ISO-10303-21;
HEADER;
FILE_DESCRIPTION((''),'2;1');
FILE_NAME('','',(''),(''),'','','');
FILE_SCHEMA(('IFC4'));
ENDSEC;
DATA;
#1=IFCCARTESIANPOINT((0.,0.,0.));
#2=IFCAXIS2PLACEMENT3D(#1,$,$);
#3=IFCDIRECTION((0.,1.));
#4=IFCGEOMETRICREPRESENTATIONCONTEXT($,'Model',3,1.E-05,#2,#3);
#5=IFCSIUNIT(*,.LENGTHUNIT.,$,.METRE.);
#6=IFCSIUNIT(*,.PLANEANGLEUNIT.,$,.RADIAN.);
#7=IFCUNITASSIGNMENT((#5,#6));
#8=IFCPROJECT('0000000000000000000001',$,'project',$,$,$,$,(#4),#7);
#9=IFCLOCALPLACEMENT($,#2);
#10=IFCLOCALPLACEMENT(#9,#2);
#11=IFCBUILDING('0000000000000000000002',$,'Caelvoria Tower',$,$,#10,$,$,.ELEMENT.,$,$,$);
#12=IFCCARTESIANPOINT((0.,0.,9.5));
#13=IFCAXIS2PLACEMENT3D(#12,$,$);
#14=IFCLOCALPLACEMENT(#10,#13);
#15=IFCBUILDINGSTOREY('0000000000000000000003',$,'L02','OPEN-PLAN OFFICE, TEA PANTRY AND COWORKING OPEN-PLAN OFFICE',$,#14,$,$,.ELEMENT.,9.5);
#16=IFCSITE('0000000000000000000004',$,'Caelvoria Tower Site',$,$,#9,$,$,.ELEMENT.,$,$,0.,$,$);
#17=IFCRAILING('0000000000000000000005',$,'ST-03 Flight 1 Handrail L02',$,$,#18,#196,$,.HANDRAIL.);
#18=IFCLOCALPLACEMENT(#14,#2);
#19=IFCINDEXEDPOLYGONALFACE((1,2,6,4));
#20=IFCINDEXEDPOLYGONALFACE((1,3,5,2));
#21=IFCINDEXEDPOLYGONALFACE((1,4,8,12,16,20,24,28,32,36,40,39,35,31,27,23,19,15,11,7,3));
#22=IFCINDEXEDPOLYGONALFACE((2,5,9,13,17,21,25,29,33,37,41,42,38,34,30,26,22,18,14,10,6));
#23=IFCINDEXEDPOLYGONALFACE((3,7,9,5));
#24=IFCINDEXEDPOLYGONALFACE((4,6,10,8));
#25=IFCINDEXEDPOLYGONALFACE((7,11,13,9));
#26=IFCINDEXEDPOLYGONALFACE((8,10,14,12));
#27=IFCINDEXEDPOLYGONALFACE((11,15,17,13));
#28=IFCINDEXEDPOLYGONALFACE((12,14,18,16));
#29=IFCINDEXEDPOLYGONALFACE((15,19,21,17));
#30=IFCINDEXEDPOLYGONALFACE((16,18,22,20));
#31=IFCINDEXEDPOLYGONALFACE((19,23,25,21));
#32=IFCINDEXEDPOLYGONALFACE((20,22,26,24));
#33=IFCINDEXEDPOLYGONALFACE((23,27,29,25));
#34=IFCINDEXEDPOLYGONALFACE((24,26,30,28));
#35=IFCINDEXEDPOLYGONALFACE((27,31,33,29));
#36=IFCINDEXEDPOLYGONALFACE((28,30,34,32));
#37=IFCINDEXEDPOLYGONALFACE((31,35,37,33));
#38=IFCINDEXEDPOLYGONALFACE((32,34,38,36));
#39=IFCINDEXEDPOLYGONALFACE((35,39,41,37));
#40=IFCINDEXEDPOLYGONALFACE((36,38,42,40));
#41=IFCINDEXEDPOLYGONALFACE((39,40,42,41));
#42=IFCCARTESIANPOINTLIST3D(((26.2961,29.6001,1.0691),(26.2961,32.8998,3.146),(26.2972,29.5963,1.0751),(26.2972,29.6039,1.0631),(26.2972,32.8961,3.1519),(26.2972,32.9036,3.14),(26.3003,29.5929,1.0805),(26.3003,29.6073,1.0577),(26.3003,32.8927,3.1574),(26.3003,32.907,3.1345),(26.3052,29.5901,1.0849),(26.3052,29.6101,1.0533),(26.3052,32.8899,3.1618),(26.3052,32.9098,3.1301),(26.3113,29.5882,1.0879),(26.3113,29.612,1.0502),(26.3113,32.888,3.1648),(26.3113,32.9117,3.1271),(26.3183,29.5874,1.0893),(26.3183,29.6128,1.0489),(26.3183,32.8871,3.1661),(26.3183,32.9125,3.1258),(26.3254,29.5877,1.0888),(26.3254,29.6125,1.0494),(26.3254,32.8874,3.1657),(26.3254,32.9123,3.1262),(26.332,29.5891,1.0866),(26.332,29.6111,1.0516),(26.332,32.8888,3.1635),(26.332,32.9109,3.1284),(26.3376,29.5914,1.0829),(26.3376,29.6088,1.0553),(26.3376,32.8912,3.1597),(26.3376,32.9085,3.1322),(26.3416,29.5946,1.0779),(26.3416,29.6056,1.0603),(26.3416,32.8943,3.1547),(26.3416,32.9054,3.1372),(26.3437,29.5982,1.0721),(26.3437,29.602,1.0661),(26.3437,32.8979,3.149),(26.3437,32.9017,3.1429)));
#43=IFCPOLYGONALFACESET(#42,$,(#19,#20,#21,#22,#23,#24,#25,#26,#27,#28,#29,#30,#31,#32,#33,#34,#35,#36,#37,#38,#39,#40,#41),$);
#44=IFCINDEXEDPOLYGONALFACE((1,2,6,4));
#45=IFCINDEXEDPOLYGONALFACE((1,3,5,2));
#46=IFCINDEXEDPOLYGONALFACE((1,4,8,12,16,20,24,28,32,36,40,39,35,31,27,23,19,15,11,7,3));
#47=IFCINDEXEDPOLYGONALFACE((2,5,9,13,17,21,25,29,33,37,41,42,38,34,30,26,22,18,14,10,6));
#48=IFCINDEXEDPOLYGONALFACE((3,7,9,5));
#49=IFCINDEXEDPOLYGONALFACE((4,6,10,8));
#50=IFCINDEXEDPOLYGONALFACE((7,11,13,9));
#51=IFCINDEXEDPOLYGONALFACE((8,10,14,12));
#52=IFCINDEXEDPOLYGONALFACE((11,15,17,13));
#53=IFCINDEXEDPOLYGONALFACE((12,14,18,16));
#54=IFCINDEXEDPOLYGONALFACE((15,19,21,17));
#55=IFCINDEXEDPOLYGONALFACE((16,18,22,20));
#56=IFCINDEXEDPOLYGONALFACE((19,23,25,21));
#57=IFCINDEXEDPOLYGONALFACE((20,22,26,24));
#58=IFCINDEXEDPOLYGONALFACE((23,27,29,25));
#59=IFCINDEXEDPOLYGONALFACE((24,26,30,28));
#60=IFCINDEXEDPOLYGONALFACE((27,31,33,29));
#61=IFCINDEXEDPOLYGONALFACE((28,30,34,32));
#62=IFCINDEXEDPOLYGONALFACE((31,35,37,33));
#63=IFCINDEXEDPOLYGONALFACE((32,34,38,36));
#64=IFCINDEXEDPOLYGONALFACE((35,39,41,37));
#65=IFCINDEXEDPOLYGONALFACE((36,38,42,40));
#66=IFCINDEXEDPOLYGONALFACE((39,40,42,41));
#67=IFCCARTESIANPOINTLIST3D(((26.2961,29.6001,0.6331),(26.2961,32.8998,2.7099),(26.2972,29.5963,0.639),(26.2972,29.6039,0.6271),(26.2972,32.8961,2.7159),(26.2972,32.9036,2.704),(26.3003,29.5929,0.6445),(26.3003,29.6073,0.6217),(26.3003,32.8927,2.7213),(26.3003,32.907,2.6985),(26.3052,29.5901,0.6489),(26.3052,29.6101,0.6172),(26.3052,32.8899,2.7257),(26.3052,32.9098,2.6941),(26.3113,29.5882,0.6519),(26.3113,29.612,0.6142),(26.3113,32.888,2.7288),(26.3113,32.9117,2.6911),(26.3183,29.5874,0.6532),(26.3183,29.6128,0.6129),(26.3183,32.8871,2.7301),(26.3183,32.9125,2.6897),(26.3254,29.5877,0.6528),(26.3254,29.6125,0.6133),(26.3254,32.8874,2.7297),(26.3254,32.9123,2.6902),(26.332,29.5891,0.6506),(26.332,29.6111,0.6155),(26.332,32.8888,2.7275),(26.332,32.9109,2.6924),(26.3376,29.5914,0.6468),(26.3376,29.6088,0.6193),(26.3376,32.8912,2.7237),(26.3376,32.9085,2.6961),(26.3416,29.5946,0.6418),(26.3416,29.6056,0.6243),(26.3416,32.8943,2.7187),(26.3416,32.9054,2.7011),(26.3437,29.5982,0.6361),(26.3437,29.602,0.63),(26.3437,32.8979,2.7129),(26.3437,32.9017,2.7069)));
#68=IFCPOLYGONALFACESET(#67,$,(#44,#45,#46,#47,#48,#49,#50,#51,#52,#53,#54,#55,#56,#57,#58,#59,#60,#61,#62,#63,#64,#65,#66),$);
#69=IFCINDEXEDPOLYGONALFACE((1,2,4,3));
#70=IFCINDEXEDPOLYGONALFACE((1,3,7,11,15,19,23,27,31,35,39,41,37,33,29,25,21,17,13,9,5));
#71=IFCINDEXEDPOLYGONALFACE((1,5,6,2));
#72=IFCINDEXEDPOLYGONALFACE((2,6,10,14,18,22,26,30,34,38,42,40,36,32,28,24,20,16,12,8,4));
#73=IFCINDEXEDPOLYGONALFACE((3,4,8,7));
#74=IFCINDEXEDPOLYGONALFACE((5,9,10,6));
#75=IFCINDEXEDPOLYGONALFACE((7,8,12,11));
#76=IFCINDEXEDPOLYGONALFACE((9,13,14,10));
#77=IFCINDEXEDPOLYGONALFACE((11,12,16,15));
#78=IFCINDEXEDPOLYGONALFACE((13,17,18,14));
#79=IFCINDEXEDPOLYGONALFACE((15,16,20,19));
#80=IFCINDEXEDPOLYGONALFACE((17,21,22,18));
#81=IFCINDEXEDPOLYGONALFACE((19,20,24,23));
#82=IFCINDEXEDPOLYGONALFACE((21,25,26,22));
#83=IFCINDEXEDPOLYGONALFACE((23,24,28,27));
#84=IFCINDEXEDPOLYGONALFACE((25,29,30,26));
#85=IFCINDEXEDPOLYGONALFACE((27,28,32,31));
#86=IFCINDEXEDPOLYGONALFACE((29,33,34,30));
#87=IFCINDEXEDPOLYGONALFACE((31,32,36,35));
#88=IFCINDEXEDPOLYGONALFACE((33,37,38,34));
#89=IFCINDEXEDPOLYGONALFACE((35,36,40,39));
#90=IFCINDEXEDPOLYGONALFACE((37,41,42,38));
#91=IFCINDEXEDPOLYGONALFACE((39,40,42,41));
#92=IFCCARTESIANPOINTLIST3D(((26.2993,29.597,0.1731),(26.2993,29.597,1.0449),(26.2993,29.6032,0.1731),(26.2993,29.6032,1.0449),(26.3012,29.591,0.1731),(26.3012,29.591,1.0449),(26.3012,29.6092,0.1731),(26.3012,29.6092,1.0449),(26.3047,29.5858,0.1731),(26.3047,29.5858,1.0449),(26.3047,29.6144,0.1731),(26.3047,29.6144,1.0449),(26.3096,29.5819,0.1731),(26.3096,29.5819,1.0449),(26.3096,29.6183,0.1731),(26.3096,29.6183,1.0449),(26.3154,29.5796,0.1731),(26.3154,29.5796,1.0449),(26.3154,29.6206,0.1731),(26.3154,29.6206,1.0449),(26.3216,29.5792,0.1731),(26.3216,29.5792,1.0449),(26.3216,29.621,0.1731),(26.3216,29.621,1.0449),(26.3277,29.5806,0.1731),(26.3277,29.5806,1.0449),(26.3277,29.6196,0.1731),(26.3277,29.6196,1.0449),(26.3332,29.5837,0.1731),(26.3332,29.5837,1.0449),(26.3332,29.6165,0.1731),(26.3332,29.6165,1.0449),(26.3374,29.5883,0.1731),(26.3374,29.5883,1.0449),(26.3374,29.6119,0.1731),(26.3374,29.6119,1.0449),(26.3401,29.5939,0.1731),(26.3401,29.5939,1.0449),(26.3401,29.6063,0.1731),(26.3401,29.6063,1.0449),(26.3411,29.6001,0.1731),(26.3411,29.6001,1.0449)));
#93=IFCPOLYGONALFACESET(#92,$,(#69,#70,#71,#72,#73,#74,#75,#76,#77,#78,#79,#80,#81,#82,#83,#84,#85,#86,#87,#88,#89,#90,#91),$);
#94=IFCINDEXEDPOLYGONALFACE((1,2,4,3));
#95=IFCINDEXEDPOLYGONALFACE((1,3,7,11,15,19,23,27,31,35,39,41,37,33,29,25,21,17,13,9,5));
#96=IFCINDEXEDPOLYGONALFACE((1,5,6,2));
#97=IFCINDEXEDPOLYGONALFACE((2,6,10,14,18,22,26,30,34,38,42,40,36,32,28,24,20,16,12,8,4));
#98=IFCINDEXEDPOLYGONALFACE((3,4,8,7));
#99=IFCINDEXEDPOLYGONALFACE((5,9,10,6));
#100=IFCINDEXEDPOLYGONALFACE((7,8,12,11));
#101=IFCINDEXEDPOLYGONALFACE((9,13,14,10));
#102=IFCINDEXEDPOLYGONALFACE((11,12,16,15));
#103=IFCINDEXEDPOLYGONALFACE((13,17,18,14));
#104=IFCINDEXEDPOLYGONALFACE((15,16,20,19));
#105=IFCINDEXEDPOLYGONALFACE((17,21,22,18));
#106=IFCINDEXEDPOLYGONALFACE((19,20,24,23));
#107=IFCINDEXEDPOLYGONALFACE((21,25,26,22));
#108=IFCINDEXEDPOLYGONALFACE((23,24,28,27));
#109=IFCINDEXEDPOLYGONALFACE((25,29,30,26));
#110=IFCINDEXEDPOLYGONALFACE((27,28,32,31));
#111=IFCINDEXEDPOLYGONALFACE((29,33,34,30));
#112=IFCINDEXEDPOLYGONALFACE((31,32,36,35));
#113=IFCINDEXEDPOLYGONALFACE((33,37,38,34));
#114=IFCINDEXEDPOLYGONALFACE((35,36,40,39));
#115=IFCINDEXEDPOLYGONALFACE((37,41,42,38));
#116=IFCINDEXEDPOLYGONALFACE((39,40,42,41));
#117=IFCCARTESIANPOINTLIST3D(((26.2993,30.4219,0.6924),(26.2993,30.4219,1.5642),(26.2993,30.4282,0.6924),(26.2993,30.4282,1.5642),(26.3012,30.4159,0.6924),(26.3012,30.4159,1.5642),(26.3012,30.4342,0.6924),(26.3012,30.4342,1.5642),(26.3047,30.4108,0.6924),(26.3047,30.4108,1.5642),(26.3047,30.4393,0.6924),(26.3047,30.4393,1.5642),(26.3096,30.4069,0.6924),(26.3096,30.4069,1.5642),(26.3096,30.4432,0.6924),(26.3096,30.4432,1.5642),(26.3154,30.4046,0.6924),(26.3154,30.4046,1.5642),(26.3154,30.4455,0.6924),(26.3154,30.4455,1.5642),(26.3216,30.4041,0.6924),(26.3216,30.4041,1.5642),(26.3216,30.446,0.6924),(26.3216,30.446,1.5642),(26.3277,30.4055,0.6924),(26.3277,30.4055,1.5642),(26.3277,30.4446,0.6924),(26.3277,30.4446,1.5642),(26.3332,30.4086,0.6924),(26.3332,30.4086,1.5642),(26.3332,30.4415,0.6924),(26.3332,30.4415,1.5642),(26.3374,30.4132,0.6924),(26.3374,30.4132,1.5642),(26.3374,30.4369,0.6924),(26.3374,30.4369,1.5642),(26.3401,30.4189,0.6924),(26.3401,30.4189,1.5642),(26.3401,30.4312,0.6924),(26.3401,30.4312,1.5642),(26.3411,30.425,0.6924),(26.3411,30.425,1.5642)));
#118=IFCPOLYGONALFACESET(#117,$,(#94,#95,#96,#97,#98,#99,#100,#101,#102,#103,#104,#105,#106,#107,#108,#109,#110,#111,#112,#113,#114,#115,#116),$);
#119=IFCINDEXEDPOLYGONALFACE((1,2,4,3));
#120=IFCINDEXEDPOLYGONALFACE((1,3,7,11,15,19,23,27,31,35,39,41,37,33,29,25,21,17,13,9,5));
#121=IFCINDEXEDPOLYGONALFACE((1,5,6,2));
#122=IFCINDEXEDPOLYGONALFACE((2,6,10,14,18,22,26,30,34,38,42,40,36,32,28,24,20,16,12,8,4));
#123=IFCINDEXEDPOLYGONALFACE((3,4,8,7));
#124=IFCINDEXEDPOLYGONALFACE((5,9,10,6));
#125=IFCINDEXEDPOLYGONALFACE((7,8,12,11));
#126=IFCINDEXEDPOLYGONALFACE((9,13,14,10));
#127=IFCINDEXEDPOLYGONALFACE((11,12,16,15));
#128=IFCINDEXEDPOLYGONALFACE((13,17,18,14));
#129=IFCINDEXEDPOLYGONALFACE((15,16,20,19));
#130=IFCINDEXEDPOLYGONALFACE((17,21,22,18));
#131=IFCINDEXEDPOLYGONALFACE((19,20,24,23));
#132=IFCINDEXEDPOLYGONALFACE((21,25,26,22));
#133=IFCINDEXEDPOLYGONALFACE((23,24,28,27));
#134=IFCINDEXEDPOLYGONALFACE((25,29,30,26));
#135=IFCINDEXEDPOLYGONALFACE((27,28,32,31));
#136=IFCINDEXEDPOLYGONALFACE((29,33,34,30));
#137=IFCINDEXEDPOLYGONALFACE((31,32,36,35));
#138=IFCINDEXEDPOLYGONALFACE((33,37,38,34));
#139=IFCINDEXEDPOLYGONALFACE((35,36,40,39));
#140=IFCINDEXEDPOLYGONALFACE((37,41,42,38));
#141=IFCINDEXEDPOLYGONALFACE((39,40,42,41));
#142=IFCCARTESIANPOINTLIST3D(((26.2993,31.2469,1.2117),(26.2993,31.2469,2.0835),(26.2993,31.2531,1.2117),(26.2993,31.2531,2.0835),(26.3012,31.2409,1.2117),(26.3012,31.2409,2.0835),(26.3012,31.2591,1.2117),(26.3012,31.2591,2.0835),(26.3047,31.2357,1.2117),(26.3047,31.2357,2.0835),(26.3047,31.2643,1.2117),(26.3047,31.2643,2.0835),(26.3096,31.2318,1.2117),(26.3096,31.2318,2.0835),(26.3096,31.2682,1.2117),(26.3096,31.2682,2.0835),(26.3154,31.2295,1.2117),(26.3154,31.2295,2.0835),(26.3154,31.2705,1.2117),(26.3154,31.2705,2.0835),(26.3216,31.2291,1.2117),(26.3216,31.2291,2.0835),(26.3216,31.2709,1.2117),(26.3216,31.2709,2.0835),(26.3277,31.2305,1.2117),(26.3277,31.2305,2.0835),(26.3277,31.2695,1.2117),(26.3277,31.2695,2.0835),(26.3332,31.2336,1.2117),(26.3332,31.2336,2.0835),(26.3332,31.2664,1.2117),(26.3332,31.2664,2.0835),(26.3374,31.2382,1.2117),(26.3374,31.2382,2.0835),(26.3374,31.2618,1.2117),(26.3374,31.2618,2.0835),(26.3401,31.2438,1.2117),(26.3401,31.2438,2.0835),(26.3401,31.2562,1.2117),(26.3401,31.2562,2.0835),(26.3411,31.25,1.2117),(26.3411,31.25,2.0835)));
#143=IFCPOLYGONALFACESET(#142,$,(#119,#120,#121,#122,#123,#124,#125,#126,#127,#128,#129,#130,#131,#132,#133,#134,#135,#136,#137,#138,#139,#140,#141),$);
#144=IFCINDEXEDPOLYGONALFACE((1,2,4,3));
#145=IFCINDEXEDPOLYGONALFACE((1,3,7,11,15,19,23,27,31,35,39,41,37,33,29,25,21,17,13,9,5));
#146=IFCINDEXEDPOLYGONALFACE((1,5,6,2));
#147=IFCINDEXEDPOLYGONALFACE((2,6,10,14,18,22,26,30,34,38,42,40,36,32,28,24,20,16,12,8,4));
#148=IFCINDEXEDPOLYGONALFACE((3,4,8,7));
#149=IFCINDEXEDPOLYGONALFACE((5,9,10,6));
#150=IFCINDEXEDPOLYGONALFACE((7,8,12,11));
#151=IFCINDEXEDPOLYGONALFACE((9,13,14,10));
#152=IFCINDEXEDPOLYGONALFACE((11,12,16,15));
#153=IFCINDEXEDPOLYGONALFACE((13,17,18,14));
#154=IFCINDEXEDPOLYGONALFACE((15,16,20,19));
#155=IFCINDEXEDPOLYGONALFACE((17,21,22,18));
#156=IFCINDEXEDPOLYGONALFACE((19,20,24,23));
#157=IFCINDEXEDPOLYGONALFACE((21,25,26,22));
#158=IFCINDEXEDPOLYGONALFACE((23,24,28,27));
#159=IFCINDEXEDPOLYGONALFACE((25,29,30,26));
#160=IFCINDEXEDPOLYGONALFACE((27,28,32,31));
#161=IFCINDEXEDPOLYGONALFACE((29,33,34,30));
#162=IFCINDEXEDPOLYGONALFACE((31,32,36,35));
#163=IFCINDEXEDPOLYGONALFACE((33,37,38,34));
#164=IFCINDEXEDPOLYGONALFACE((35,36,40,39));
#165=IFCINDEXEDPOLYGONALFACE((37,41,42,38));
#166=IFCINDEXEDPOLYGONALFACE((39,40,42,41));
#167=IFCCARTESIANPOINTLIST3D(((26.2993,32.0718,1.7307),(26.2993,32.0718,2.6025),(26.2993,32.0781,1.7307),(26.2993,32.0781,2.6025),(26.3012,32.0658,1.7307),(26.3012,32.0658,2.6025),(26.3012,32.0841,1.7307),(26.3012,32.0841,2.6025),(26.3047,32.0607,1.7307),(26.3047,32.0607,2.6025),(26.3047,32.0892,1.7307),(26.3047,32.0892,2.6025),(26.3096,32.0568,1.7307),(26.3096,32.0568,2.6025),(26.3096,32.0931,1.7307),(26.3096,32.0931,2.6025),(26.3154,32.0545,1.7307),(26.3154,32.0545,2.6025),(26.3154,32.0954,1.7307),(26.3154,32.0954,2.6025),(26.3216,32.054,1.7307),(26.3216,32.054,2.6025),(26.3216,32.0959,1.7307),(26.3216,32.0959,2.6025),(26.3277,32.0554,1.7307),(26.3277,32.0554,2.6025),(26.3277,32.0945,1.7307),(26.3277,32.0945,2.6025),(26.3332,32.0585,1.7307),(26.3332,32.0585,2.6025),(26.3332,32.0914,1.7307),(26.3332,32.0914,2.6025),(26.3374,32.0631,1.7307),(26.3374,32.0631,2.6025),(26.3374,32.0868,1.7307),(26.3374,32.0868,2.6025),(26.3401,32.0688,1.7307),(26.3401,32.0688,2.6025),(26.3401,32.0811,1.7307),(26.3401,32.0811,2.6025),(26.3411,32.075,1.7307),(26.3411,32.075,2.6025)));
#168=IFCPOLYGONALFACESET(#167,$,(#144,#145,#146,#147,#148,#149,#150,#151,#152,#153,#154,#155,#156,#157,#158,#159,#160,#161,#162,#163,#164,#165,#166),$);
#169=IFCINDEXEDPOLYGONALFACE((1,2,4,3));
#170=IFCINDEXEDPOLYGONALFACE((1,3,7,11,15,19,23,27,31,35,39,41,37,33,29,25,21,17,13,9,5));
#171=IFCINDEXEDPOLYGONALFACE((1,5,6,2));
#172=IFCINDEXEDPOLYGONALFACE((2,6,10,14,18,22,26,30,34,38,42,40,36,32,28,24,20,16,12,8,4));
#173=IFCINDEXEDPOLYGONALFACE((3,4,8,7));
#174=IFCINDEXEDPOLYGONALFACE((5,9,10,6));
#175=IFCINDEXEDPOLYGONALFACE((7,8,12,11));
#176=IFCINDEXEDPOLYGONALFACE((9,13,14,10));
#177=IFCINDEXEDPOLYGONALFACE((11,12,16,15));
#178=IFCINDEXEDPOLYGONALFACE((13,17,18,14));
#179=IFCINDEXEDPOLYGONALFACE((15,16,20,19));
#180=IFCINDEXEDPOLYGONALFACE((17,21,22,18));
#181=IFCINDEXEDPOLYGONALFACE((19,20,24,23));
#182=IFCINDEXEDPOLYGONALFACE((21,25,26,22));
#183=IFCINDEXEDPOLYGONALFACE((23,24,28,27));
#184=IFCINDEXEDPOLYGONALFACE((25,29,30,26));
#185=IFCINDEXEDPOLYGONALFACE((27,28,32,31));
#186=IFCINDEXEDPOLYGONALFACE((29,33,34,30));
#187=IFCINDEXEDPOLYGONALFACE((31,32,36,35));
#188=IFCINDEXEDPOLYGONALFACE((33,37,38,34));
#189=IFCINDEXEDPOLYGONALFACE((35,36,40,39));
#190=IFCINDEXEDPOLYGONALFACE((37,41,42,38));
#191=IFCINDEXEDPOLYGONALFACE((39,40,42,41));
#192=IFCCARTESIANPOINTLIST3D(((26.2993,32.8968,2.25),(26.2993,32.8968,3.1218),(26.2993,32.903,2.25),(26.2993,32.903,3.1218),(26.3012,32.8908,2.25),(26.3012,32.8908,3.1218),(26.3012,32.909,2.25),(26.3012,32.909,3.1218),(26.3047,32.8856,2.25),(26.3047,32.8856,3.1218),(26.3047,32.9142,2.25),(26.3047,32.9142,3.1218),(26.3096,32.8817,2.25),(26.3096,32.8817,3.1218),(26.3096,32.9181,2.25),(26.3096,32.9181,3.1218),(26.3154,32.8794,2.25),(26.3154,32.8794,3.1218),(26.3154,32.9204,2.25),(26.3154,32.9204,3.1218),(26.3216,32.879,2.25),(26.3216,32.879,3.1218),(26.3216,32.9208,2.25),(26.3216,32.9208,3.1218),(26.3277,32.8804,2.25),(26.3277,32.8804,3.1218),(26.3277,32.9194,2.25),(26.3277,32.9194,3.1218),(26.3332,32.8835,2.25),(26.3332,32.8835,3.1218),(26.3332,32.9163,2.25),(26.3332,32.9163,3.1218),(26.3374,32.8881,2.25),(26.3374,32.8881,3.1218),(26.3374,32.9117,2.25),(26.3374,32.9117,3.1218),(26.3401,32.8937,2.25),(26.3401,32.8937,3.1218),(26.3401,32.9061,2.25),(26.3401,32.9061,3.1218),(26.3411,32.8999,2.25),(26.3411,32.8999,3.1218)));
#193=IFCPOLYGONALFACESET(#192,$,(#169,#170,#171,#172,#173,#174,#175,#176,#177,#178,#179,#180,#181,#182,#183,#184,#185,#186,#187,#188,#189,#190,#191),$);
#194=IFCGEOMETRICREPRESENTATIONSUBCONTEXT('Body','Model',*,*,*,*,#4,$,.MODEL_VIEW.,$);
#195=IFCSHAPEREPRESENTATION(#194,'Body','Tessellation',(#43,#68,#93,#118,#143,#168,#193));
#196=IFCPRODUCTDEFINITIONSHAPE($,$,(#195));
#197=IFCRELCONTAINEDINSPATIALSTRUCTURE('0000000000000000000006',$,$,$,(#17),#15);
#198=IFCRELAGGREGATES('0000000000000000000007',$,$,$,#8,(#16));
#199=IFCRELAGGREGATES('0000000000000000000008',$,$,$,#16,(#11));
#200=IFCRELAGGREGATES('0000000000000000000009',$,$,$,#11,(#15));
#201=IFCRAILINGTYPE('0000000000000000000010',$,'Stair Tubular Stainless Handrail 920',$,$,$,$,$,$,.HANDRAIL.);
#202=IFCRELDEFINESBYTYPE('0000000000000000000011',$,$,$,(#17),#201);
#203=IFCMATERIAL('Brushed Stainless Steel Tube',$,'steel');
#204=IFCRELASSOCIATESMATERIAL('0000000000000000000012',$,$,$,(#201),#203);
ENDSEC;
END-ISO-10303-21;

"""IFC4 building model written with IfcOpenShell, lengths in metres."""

from ifc_helpers import new_model, si_unit, direction, frame, origin, origin_2d, place, context, subcontext, project, spatial, circle, extrude, material, type_object, element, save


model = new_model("IFC4")

# Units and contexts
model_context = context("Model", 3, precision=1e-05, world=origin(), true_north=direction((0.0, 1.0)))
body_context = subcontext(model_context, "Body", "Model", "MODEL_VIEW")
ifc_project = project(units=[si_unit("LENGTHUNIT", "METRE"), si_unit("PLANEANGLEUNIT", "RADIAN")], contexts=[model_context])

# Site, building, storey
site_placement = place(None, origin())
site = spatial("IfcSite", under=ifc_project, at=site_placement, Name="Caelvoria Tower Site", CompositionType="ELEMENT", RefElevation=0.0)
building_placement = place(site_placement, origin())
building = spatial("IfcBuilding", under=site, at=building_placement, Name="Caelvoria Tower", CompositionType="ELEMENT")
storey_placement = place(building_placement, frame((0.0, 0.0, 9.5)))
storey = spatial("IfcBuildingStorey", under=building, at=storey_placement, Name="L02", Description="OPEN-PLAN OFFICE, TEA PANTRY AND COWORKING OPEN-PLAN OFFICE", CompositionType="ELEMENT", Elevation=9.5)

# Railing
ifc_material_1 = material(Name="Brushed Stainless Steel Tube", Category="steel")
railing_type_1 = type_object("IfcRailingType", Name="Stair Tubular Stainless Handrail 920", PredefinedType="HANDRAIL", material=ifc_material_1)
railing_1_placement = place(storey_placement, frame((26.3201, 29.6001, 0.1731)))
element("IfcRailing", 1, at=railing_1_placement, inside=storey, type_object=railing_type_1, Name="ST-03 Flight 1 Handrail L02", PredefinedType="HANDRAIL", context=body_context, shape_type="SweptSolid", body=[
    extrude(circle(Radius=0.0239, at=origin_2d()), frame((0.0, 0.0, 0.896), z_axis=(0.0, 0.84632, 0.532675), x_axis=(-1.0, 0.0, 0.0)), (0.0, 0.0, 1.0), 3.8989),
    extrude(circle(Radius=0.0239, at=origin_2d()), frame((0.0, 0.0, 0.46), z_axis=(0.0, 0.84632, 0.532675), x_axis=(-1.0, 0.0, 0.0)), (0.0, 0.0, 1.0), 3.8989),
    extrude(circle(Radius=0.021, at=origin_2d()), origin(), (0.0, 0.0, 1.0), 0.8718),
    extrude(circle(Radius=0.021, at=origin_2d()), frame((0.0, 0.825, 0.5193)), (0.0, 0.0, 1.0), 0.8718),
    extrude(circle(Radius=0.021, at=origin_2d()), frame((0.0, 1.6499, 1.0386)), (0.0, 0.0, 1.0), 0.8718),
    extrude(circle(Radius=0.021, at=origin_2d()), frame((0.0, 2.4749, 1.5576)), (0.0, 0.0, 1.0), 0.8718),
    extrude(circle(Radius=0.021, at=origin_2d()), frame((0.0, 3.2998, 2.0769)), (0.0, 0.0, 1.0), 0.8718),
])

save(model, "model.ifc")
